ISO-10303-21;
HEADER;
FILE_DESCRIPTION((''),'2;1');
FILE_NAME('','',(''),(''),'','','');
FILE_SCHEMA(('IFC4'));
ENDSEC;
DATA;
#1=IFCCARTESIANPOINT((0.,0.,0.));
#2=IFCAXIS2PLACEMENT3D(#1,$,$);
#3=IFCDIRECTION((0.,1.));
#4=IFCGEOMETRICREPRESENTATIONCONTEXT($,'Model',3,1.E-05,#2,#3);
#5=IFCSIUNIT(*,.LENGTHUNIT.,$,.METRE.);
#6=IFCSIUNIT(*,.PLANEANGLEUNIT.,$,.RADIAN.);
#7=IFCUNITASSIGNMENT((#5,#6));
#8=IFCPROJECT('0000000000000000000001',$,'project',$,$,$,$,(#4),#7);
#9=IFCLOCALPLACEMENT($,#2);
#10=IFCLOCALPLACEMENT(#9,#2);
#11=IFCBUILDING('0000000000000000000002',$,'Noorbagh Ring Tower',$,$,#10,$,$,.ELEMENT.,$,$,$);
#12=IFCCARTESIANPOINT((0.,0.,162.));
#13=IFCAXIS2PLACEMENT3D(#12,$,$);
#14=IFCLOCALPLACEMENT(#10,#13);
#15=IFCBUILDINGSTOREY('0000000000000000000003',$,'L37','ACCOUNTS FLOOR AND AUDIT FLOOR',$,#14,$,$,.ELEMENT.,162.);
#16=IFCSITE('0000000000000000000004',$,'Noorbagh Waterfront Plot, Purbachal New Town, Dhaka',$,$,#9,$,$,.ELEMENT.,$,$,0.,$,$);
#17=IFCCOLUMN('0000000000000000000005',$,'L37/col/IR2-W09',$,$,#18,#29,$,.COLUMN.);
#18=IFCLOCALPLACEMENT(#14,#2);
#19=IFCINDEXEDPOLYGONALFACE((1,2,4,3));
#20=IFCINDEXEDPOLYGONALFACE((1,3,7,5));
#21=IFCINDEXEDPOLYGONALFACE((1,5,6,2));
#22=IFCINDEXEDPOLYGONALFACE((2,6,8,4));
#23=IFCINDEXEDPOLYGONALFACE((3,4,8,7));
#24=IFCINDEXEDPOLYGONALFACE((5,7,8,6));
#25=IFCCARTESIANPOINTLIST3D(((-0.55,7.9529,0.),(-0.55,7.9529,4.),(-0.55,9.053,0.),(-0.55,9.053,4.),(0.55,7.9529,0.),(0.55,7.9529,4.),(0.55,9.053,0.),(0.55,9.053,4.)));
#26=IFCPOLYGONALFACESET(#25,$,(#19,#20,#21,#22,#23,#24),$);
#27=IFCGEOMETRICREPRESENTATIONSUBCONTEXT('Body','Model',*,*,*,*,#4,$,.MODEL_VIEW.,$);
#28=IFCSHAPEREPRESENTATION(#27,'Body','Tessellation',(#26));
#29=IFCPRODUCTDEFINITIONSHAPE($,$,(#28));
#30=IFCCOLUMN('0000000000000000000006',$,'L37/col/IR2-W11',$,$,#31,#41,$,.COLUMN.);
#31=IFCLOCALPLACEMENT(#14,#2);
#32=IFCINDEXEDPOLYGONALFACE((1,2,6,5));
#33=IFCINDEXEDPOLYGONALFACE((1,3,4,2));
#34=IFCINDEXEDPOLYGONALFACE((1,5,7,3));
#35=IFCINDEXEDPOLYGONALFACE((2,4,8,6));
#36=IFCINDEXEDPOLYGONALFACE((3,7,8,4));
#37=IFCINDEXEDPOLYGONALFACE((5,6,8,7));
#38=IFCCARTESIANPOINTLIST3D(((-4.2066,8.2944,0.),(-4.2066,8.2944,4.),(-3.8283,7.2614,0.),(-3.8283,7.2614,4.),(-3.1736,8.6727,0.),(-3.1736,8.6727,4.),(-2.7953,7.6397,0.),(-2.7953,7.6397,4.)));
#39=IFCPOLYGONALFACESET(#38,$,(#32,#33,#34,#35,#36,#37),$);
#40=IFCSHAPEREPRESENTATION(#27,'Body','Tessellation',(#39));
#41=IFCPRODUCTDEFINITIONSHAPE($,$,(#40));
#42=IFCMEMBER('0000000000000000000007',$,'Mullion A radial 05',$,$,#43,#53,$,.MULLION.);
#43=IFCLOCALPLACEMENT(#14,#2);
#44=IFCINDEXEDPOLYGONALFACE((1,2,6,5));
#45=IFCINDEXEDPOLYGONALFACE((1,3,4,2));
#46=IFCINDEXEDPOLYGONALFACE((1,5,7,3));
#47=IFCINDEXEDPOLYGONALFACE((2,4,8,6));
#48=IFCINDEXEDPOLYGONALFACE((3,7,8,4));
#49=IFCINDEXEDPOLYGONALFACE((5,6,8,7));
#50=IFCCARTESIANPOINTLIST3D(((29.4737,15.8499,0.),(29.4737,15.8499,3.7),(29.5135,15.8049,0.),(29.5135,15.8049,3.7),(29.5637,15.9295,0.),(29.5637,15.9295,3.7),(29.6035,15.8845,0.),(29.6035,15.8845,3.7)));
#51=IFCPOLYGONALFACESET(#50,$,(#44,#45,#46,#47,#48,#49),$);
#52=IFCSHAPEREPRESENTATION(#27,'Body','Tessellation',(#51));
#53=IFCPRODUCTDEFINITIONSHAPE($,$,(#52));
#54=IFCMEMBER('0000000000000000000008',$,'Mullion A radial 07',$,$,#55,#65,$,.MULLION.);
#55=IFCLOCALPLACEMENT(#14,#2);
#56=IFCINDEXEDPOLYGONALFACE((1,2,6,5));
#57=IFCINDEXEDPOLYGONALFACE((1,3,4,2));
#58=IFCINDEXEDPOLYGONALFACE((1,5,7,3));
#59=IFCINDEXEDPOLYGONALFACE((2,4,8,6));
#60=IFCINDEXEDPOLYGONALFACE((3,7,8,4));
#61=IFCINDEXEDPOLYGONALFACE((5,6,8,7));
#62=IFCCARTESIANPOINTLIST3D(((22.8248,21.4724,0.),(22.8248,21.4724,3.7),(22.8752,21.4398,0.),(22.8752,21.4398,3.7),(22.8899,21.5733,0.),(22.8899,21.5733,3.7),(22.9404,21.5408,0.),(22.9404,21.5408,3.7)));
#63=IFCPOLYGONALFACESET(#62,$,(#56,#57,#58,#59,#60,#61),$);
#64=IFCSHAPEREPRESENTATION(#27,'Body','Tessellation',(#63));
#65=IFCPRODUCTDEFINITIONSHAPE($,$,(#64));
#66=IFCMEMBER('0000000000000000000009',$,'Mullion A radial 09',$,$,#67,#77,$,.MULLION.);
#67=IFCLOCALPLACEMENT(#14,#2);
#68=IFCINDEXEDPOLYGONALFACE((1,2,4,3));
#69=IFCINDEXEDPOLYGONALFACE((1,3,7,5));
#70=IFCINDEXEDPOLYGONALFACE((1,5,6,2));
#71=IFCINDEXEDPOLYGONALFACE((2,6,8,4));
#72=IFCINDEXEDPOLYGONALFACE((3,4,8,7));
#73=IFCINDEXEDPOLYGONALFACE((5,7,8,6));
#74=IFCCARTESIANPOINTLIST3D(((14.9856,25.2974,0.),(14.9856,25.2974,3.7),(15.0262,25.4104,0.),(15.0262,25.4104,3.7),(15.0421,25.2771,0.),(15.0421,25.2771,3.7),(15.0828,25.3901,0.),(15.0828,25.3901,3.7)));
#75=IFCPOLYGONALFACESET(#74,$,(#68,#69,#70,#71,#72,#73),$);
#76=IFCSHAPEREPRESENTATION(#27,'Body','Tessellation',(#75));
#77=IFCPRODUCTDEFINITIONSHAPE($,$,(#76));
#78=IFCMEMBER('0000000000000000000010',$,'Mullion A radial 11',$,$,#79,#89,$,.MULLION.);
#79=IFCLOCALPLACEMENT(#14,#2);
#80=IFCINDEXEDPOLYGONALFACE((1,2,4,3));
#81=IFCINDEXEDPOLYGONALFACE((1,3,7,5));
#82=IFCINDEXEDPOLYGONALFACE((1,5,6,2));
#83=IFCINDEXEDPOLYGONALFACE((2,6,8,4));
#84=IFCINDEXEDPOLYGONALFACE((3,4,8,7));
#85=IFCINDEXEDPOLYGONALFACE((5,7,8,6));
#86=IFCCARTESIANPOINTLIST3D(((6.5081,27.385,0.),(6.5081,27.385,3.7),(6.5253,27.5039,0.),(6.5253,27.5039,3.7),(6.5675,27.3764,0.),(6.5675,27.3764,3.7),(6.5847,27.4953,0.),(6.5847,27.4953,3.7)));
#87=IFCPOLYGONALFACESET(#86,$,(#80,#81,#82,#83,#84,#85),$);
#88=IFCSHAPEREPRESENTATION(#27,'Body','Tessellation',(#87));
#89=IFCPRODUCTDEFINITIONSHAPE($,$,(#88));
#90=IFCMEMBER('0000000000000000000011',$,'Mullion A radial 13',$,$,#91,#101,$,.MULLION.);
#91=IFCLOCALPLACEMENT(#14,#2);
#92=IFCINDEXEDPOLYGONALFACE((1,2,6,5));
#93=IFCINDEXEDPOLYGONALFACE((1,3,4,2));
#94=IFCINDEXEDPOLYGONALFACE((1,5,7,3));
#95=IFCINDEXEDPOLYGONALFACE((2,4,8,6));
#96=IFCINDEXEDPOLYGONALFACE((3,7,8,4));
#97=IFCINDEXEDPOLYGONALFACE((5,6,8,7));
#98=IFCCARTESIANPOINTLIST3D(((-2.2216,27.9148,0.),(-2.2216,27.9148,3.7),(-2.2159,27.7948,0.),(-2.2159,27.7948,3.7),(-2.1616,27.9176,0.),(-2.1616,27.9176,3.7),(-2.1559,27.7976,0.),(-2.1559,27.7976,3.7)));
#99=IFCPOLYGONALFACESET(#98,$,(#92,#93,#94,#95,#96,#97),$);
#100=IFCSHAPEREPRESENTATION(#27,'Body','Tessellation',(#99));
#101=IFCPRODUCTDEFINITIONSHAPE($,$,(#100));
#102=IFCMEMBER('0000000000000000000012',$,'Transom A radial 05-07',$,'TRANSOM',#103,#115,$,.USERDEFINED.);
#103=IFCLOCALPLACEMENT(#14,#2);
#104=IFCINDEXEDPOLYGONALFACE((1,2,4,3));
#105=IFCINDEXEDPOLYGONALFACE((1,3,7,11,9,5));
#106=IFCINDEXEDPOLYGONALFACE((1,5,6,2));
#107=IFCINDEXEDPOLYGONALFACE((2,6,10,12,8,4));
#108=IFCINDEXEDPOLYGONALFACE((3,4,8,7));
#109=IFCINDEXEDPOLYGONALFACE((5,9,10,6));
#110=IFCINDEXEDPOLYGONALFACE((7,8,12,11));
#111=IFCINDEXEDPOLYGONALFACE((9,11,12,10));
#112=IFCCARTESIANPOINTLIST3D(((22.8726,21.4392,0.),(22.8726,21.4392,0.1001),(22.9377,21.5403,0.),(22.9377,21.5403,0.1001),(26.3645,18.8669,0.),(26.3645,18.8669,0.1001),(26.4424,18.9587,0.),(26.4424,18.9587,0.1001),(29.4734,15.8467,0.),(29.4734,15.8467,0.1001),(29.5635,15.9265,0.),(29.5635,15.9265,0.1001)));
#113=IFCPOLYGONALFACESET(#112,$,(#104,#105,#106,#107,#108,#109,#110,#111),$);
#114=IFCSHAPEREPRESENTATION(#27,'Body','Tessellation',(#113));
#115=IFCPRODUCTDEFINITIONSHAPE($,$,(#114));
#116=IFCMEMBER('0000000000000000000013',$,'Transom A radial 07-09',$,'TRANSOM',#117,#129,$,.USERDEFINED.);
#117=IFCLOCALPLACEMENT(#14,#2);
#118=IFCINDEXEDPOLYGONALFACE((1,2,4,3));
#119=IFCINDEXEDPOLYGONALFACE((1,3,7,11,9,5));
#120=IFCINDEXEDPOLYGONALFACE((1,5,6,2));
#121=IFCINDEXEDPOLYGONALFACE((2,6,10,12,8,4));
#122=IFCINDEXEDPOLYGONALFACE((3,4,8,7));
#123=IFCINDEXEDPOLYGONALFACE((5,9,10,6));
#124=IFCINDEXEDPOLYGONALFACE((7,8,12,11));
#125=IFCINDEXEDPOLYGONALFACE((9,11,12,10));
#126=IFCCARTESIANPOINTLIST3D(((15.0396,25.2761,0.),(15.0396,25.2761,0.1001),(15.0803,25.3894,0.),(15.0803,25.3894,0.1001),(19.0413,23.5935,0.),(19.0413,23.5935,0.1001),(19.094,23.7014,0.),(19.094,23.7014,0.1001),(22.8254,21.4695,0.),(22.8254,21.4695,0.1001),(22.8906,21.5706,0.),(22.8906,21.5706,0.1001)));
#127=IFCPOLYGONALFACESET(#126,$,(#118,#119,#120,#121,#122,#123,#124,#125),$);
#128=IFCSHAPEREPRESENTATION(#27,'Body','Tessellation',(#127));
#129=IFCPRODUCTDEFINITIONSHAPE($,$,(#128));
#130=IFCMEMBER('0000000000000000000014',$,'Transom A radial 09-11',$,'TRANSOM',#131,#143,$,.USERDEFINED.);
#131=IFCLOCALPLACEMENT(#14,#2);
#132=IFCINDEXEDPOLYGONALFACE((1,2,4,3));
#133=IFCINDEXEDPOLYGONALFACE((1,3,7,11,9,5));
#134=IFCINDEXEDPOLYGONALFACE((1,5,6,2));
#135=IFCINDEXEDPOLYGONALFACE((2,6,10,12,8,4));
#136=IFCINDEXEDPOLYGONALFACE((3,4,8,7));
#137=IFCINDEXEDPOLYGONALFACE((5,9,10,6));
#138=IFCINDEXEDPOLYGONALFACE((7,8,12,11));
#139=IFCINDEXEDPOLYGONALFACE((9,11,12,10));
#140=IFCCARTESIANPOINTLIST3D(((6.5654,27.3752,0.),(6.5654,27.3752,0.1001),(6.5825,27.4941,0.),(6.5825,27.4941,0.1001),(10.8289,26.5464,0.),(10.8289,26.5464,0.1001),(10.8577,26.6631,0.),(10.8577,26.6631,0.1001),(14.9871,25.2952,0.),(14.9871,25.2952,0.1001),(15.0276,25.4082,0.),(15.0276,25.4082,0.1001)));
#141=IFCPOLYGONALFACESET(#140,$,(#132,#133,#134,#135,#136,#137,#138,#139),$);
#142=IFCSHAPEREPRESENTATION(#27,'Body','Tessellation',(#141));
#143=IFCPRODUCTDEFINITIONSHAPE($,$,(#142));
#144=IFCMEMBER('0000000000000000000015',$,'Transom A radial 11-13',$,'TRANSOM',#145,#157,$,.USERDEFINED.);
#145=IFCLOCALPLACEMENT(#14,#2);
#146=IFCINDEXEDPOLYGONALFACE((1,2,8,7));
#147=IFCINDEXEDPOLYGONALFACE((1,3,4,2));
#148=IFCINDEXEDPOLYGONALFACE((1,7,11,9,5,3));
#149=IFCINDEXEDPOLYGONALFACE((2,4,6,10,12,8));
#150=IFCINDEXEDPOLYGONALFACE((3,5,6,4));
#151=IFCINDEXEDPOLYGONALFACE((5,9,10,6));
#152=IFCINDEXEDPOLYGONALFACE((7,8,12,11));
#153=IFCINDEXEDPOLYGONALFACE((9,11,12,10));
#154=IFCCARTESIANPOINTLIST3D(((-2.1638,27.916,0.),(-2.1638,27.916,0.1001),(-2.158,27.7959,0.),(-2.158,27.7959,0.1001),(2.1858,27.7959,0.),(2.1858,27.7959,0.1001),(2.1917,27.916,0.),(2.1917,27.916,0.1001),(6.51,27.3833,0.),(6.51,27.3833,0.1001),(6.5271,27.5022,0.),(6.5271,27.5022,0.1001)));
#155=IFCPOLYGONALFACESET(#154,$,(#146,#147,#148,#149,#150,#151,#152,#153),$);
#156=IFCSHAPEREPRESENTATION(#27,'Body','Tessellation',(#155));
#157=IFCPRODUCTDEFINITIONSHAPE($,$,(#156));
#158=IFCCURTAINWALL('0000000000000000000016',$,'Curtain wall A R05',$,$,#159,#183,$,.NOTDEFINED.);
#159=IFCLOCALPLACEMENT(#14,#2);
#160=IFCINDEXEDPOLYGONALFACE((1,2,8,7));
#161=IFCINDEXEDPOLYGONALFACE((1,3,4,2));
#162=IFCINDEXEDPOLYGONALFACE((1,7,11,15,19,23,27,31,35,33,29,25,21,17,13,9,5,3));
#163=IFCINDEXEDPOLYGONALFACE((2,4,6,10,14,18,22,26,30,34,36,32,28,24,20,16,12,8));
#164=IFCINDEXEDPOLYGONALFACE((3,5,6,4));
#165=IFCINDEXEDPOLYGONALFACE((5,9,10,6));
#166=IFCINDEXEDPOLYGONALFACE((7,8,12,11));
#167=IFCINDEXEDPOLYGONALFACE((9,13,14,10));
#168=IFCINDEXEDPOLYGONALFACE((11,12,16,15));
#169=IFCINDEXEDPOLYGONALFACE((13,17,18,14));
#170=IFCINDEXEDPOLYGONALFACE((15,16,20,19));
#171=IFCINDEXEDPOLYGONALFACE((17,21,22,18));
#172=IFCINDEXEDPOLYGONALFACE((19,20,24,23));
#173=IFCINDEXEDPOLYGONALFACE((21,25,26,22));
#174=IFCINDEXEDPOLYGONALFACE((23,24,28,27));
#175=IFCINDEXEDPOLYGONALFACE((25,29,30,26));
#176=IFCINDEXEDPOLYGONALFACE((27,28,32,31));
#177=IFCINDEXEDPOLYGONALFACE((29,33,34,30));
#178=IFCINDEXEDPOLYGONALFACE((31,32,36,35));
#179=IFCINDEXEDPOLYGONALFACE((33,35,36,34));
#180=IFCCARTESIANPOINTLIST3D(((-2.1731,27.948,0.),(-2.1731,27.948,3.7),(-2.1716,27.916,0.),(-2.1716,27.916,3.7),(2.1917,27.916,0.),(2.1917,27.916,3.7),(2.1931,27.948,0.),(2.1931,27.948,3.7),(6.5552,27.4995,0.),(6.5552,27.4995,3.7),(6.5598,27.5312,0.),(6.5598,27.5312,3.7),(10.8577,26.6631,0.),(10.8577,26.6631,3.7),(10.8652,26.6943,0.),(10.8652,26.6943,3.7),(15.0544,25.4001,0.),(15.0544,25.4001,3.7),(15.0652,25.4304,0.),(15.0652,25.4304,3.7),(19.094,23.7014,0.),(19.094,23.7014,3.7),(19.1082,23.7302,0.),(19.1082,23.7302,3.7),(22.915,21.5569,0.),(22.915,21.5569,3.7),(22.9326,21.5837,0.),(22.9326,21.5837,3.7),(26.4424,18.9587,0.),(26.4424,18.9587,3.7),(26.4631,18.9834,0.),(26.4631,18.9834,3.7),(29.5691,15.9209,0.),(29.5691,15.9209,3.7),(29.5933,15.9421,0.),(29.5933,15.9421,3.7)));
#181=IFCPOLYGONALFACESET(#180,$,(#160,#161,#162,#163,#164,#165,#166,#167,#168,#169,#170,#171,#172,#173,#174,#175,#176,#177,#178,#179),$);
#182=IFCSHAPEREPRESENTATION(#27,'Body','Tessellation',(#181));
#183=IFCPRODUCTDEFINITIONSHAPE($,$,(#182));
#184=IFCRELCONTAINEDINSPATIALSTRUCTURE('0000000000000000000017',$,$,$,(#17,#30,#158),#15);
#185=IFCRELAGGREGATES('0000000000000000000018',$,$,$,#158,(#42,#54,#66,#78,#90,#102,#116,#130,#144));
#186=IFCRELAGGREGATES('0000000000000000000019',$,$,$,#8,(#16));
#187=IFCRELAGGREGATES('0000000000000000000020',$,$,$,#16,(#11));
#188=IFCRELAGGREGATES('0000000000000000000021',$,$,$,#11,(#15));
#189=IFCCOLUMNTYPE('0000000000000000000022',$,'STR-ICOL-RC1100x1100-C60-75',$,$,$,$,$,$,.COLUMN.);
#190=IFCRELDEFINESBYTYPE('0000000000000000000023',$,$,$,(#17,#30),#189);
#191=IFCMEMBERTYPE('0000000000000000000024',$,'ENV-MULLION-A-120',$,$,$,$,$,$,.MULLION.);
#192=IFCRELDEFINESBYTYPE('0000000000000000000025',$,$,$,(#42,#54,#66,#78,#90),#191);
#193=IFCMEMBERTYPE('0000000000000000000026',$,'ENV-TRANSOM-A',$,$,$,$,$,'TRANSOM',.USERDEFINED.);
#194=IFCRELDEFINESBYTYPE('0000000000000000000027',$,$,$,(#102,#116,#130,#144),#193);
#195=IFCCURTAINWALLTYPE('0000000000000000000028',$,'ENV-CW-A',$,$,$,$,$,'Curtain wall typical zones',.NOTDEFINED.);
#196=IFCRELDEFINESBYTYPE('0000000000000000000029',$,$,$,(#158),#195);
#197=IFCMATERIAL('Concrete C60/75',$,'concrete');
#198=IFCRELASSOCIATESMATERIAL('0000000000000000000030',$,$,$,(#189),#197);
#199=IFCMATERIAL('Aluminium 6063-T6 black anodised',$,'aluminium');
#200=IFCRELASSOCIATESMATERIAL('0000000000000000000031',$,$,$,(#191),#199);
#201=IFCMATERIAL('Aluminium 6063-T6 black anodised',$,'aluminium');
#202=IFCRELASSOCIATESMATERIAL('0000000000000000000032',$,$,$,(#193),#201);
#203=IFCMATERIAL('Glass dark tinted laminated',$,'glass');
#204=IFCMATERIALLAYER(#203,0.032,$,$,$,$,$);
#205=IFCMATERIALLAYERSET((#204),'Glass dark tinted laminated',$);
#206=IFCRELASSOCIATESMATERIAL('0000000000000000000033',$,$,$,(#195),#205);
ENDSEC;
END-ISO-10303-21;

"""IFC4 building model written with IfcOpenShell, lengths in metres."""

from ifc_helpers import new_model, si_unit, direction, frame, origin, origin_2d, place, context, subcontext, project, spatial, polyline, rectangle, outline, extrude, material, layer, layer_set, material_profile, profile_set, type_object, element, aggregate, save


model = new_model("IFC4")

# Units and contexts
model_context = context("Model", 3, precision=1e-05, world=origin(), true_north=direction((0.0, 1.0)))
body_context = subcontext(model_context, "Body", "Model", "MODEL_VIEW")
ifc_project = project(units=[si_unit("LENGTHUNIT", "METRE"), si_unit("PLANEANGLEUNIT", "RADIAN")], contexts=[model_context])

# Site, building, storey
site_placement = place(None, origin())
site = spatial("IfcSite", under=ifc_project, at=site_placement, Name="Noorbagh Waterfront Plot, Purbachal New Town, Dhaka", CompositionType="ELEMENT", RefElevation=0.0)
building_placement = place(site_placement, origin())
building = spatial("IfcBuilding", under=site, at=building_placement, Name="Noorbagh Ring Tower", CompositionType="ELEMENT")
storey_placement = place(building_placement, frame((0.0, 0.0, 162.0)))
storey = spatial("IfcBuildingStorey", under=building, at=storey_placement, Name="L37", Description="ACCOUNTS FLOOR AND AUDIT FLOOR", CompositionType="ELEMENT", Elevation=162.0)

# Columns
ifc_material_1 = material(Name="Concrete C60/75", Category="concrete")
ifc_material_profile_1 = material_profile(ifc_material_1, rectangle(XDim=1.1001, YDim=1.1001, at=origin_2d()), Name="RC1100x1100")
ifc_profile_set_1 = profile_set([ifc_material_profile_1], Name="Concrete C60/75")
column_type = type_object("IfcColumnType", Name="STR-ICOL-RC1100x1100-C60-75", PredefinedType="COLUMN", material=ifc_profile_set_1)
for number, where, z_axis, x_axis, name in (
    (1, (0.0, 8.5029, 0.0), (0.0, 0.0, 1.0), (-1.0, 0.0, 0.0), "L37/col/IR2-W09"),
    (2, (-3.501, 7.967, 0.0), (0.0, 0.0, 1.0), (-0.93902, -0.343864, 0.0), "L37/col/IR2-W11"),
):
    element("IfcColumn", number, at=place(storey_placement, frame(where, z_axis=z_axis, x_axis=x_axis)), inside=storey, type_object=column_type, Name=name, PredefinedType="COLUMN", context=body_context, shape_type="SweptSolid", body=[
        extrude(rectangle(XDim=1.1001, YDim=1.1001, at=origin_2d()), origin(), (0.0, 0.0, 1.0), 4.0),
    ])

# Members
ifc_material_2 = material(Name="Aluminium 6063-T6 black anodised", Category="aluminium")
ifc_material_profile_2 = material_profile(ifc_material_2, rectangle(XDim=0.1201, YDim=0.0601, at=origin_2d()), Name="120x60")
ifc_profile_set_2 = profile_set([ifc_material_profile_2], Name="Aluminium 6063-T6 black anodised")
member_type_1 = type_object("IfcMemberType", Name="ENV-MULLION-A-120", PredefinedType="MULLION", material=ifc_profile_set_2)
member_1_placement = place(storey_placement, frame((29.5386, 15.8672, 0.0), z_axis=(0.0, 0.0, 1.0), x_axis=(-0.749047, -0.662517, 0.0)))
member_1 = element("IfcMember", 3, at=member_1_placement, type_object=member_type_1, Name="Mullion A radial 05", PredefinedType="MULLION", context=body_context, shape_type="SweptSolid", body=[
    extrude(rectangle(XDim=0.1201, YDim=0.0601, at=origin_2d()), origin(), (0.0, 0.0, 1.0), 3.7),
])
member_2_placement = place(storey_placement, frame((22.8826, 21.5066, 0.0), z_axis=(0.0, 0.0, 1.0), x_axis=(-0.542279, -0.840198, 0.0)))
member_2 = element("IfcMember", 4, at=member_2_placement, type_object=member_type_1, Name="Mullion A radial 07", PredefinedType="MULLION", context=body_context, shape_type="SweptSolid", body=[
    extrude(rectangle(XDim=0.1201, YDim=0.0601, at=origin_2d()), origin(), (0.0, 0.0, 1.0), 3.7),
])
member_3_placement = place(storey_placement, frame((15.0342, 25.3438, 0.0), z_axis=(0.0, 0.0, 1.0), x_axis=(-0.338379, -0.94101, 0.0)))
member_3 = element("IfcMember", 5, at=member_3_placement, type_object=member_type_1, Name="Mullion A radial 09", PredefinedType="MULLION", context=body_context, shape_type="SweptSolid", body=[
    extrude(rectangle(XDim=0.1201, YDim=0.0601, at=origin_2d()), origin(), (0.0, 0.0, 1.0), 3.7),
])
member_4_placement = place(storey_placement, frame((6.5464, 27.4402, 0.0), z_axis=(0.0, 0.0, 1.0), x_axis=(-0.143082, -0.989711, 0.0)))
member_4 = element("IfcMember", 6, at=member_4_placement, type_object=member_type_1, Name="Mullion A radial 11", PredefinedType="MULLION", context=body_context, shape_type="SweptSolid", body=[
    extrude(rectangle(XDim=0.1201, YDim=0.0601, at=origin_2d()), origin(), (0.0, 0.0, 1.0), 3.7),
])
member_5_placement = place(storey_placement, frame((-2.1887, 27.8562, 0.0), z_axis=(0.0, 0.0, 1.0), x_axis=(0.047558, -0.998868, 0.0)))
member_5 = element("IfcMember", 7, at=member_5_placement, type_object=member_type_1, Name="Mullion A radial 13", PredefinedType="MULLION", context=body_context, shape_type="SweptSolid", body=[
    extrude(rectangle(XDim=0.1201, YDim=0.0601, at=origin_2d()), origin(), (0.0, 0.0, 1.0), 3.7),
])
ifc_material_3 = material(Name="Aluminium 6063-T6 black anodised", Category="aluminium")
member_type_2 = type_object("IfcMemberType", Name="ENV-TRANSOM-A", ElementType="TRANSOM", PredefinedType="USERDEFINED", material=ifc_material_3)
member_6_placement = place(storey_placement, origin())
member_6 = element("IfcMember", 8, at=member_6_placement, type_object=member_type_2, Name="Transom A radial 05-07", ObjectType="TRANSOM", PredefinedType="USERDEFINED", context=body_context, shape_type="SweptSolid", body=[
    extrude(outline(polyline([(29.5635, 15.9265), (26.4424, 18.9587), (22.9377, 21.5403), (22.8726, 21.4392), (26.3645, 18.8669), (29.4734, 15.8467), (29.5635, 15.9265)])), origin(), (0.0, 0.0, 1.0), 0.1001),
])
member_7_placement = place(storey_placement, origin())
member_7 = element("IfcMember", 9, at=member_7_placement, type_object=member_type_2, Name="Transom A radial 07-09", ObjectType="TRANSOM", PredefinedType="USERDEFINED", context=body_context, shape_type="SweptSolid", body=[
    extrude(outline(polyline([(22.8906, 21.5706), (19.094, 23.7014), (15.0803, 25.3894), (15.0396, 25.2761), (19.0413, 23.5935), (22.8254, 21.4695), (22.8906, 21.5706)])), origin(), (0.0, 0.0, 1.0), 0.1001),
])
member_8_placement = place(storey_placement, origin())
member_8 = element("IfcMember", 10, at=member_8_placement, type_object=member_type_2, Name="Transom A radial 09-11", ObjectType="TRANSOM", PredefinedType="USERDEFINED", context=body_context, shape_type="SweptSolid", body=[
    extrude(outline(polyline([(15.0276, 25.4082), (10.8577, 26.6631), (6.5825, 27.4941), (6.5654, 27.3752), (10.8289, 26.5464), (14.9871, 25.2952), (15.0276, 25.4082)])), origin(), (0.0, 0.0, 1.0), 0.1001),
])
member_9_placement = place(storey_placement, origin())
member_9 = element("IfcMember", 11, at=member_9_placement, type_object=member_type_2, Name="Transom A radial 11-13", ObjectType="TRANSOM", PredefinedType="USERDEFINED", context=body_context, shape_type="SweptSolid", body=[
    extrude(outline(polyline([(6.5271, 27.5022), (2.1917, 27.916), (-2.1638, 27.916), (-2.158, 27.7959), (2.1858, 27.7959), (6.51, 27.3833), (6.5271, 27.5022)])), origin(), (0.0, 0.0, 1.0), 0.1001),
])

# Curtain wall
ifc_material_4 = material(Name="Glass dark tinted laminated", Category="glass")
ifc_layer_1 = layer(ifc_material_4, 0.032)
ifc_layer_set_1 = layer_set([ifc_layer_1], Name="Glass dark tinted laminated")
curtain_wall_type = type_object("IfcCurtainWallType", Name="ENV-CW-A", ElementType="Curtain wall typical zones", PredefinedType="NOTDEFINED", material=ifc_layer_set_1)
curtain_wall_1_placement = place(storey_placement, origin())
curtain_wall_1 = element("IfcCurtainWall", 12, at=curtain_wall_1_placement, inside=storey, type_object=curtain_wall_type, Name="Curtain wall A R05", PredefinedType="NOTDEFINED", context=body_context, shape_type="SweptSolid", body=[
    extrude(outline(polyline([(29.5933, 15.9421), (26.4631, 18.9834), (22.9326, 21.5837), (19.1082, 23.7302), (15.0652, 25.4304), (10.8652, 26.6943), (6.5598, 27.5312), (2.1931, 27.948), (-2.1731, 27.948), (-2.1716, 27.916), (2.1917, 27.916), (6.5552, 27.4995), (10.8577, 26.6631), (15.0544, 25.4001), (19.094, 23.7014), (22.915, 21.5569), (26.4424, 18.9587), (29.5691, 15.9209), (29.5933, 15.9421)])), origin(), (0.0, 0.0, 1.0), 3.7),
])
aggregate(curtain_wall_1, [member_1, member_2, member_3, member_4, member_5, member_6, member_7, member_8, member_9])

save(model, "model.ifc")
